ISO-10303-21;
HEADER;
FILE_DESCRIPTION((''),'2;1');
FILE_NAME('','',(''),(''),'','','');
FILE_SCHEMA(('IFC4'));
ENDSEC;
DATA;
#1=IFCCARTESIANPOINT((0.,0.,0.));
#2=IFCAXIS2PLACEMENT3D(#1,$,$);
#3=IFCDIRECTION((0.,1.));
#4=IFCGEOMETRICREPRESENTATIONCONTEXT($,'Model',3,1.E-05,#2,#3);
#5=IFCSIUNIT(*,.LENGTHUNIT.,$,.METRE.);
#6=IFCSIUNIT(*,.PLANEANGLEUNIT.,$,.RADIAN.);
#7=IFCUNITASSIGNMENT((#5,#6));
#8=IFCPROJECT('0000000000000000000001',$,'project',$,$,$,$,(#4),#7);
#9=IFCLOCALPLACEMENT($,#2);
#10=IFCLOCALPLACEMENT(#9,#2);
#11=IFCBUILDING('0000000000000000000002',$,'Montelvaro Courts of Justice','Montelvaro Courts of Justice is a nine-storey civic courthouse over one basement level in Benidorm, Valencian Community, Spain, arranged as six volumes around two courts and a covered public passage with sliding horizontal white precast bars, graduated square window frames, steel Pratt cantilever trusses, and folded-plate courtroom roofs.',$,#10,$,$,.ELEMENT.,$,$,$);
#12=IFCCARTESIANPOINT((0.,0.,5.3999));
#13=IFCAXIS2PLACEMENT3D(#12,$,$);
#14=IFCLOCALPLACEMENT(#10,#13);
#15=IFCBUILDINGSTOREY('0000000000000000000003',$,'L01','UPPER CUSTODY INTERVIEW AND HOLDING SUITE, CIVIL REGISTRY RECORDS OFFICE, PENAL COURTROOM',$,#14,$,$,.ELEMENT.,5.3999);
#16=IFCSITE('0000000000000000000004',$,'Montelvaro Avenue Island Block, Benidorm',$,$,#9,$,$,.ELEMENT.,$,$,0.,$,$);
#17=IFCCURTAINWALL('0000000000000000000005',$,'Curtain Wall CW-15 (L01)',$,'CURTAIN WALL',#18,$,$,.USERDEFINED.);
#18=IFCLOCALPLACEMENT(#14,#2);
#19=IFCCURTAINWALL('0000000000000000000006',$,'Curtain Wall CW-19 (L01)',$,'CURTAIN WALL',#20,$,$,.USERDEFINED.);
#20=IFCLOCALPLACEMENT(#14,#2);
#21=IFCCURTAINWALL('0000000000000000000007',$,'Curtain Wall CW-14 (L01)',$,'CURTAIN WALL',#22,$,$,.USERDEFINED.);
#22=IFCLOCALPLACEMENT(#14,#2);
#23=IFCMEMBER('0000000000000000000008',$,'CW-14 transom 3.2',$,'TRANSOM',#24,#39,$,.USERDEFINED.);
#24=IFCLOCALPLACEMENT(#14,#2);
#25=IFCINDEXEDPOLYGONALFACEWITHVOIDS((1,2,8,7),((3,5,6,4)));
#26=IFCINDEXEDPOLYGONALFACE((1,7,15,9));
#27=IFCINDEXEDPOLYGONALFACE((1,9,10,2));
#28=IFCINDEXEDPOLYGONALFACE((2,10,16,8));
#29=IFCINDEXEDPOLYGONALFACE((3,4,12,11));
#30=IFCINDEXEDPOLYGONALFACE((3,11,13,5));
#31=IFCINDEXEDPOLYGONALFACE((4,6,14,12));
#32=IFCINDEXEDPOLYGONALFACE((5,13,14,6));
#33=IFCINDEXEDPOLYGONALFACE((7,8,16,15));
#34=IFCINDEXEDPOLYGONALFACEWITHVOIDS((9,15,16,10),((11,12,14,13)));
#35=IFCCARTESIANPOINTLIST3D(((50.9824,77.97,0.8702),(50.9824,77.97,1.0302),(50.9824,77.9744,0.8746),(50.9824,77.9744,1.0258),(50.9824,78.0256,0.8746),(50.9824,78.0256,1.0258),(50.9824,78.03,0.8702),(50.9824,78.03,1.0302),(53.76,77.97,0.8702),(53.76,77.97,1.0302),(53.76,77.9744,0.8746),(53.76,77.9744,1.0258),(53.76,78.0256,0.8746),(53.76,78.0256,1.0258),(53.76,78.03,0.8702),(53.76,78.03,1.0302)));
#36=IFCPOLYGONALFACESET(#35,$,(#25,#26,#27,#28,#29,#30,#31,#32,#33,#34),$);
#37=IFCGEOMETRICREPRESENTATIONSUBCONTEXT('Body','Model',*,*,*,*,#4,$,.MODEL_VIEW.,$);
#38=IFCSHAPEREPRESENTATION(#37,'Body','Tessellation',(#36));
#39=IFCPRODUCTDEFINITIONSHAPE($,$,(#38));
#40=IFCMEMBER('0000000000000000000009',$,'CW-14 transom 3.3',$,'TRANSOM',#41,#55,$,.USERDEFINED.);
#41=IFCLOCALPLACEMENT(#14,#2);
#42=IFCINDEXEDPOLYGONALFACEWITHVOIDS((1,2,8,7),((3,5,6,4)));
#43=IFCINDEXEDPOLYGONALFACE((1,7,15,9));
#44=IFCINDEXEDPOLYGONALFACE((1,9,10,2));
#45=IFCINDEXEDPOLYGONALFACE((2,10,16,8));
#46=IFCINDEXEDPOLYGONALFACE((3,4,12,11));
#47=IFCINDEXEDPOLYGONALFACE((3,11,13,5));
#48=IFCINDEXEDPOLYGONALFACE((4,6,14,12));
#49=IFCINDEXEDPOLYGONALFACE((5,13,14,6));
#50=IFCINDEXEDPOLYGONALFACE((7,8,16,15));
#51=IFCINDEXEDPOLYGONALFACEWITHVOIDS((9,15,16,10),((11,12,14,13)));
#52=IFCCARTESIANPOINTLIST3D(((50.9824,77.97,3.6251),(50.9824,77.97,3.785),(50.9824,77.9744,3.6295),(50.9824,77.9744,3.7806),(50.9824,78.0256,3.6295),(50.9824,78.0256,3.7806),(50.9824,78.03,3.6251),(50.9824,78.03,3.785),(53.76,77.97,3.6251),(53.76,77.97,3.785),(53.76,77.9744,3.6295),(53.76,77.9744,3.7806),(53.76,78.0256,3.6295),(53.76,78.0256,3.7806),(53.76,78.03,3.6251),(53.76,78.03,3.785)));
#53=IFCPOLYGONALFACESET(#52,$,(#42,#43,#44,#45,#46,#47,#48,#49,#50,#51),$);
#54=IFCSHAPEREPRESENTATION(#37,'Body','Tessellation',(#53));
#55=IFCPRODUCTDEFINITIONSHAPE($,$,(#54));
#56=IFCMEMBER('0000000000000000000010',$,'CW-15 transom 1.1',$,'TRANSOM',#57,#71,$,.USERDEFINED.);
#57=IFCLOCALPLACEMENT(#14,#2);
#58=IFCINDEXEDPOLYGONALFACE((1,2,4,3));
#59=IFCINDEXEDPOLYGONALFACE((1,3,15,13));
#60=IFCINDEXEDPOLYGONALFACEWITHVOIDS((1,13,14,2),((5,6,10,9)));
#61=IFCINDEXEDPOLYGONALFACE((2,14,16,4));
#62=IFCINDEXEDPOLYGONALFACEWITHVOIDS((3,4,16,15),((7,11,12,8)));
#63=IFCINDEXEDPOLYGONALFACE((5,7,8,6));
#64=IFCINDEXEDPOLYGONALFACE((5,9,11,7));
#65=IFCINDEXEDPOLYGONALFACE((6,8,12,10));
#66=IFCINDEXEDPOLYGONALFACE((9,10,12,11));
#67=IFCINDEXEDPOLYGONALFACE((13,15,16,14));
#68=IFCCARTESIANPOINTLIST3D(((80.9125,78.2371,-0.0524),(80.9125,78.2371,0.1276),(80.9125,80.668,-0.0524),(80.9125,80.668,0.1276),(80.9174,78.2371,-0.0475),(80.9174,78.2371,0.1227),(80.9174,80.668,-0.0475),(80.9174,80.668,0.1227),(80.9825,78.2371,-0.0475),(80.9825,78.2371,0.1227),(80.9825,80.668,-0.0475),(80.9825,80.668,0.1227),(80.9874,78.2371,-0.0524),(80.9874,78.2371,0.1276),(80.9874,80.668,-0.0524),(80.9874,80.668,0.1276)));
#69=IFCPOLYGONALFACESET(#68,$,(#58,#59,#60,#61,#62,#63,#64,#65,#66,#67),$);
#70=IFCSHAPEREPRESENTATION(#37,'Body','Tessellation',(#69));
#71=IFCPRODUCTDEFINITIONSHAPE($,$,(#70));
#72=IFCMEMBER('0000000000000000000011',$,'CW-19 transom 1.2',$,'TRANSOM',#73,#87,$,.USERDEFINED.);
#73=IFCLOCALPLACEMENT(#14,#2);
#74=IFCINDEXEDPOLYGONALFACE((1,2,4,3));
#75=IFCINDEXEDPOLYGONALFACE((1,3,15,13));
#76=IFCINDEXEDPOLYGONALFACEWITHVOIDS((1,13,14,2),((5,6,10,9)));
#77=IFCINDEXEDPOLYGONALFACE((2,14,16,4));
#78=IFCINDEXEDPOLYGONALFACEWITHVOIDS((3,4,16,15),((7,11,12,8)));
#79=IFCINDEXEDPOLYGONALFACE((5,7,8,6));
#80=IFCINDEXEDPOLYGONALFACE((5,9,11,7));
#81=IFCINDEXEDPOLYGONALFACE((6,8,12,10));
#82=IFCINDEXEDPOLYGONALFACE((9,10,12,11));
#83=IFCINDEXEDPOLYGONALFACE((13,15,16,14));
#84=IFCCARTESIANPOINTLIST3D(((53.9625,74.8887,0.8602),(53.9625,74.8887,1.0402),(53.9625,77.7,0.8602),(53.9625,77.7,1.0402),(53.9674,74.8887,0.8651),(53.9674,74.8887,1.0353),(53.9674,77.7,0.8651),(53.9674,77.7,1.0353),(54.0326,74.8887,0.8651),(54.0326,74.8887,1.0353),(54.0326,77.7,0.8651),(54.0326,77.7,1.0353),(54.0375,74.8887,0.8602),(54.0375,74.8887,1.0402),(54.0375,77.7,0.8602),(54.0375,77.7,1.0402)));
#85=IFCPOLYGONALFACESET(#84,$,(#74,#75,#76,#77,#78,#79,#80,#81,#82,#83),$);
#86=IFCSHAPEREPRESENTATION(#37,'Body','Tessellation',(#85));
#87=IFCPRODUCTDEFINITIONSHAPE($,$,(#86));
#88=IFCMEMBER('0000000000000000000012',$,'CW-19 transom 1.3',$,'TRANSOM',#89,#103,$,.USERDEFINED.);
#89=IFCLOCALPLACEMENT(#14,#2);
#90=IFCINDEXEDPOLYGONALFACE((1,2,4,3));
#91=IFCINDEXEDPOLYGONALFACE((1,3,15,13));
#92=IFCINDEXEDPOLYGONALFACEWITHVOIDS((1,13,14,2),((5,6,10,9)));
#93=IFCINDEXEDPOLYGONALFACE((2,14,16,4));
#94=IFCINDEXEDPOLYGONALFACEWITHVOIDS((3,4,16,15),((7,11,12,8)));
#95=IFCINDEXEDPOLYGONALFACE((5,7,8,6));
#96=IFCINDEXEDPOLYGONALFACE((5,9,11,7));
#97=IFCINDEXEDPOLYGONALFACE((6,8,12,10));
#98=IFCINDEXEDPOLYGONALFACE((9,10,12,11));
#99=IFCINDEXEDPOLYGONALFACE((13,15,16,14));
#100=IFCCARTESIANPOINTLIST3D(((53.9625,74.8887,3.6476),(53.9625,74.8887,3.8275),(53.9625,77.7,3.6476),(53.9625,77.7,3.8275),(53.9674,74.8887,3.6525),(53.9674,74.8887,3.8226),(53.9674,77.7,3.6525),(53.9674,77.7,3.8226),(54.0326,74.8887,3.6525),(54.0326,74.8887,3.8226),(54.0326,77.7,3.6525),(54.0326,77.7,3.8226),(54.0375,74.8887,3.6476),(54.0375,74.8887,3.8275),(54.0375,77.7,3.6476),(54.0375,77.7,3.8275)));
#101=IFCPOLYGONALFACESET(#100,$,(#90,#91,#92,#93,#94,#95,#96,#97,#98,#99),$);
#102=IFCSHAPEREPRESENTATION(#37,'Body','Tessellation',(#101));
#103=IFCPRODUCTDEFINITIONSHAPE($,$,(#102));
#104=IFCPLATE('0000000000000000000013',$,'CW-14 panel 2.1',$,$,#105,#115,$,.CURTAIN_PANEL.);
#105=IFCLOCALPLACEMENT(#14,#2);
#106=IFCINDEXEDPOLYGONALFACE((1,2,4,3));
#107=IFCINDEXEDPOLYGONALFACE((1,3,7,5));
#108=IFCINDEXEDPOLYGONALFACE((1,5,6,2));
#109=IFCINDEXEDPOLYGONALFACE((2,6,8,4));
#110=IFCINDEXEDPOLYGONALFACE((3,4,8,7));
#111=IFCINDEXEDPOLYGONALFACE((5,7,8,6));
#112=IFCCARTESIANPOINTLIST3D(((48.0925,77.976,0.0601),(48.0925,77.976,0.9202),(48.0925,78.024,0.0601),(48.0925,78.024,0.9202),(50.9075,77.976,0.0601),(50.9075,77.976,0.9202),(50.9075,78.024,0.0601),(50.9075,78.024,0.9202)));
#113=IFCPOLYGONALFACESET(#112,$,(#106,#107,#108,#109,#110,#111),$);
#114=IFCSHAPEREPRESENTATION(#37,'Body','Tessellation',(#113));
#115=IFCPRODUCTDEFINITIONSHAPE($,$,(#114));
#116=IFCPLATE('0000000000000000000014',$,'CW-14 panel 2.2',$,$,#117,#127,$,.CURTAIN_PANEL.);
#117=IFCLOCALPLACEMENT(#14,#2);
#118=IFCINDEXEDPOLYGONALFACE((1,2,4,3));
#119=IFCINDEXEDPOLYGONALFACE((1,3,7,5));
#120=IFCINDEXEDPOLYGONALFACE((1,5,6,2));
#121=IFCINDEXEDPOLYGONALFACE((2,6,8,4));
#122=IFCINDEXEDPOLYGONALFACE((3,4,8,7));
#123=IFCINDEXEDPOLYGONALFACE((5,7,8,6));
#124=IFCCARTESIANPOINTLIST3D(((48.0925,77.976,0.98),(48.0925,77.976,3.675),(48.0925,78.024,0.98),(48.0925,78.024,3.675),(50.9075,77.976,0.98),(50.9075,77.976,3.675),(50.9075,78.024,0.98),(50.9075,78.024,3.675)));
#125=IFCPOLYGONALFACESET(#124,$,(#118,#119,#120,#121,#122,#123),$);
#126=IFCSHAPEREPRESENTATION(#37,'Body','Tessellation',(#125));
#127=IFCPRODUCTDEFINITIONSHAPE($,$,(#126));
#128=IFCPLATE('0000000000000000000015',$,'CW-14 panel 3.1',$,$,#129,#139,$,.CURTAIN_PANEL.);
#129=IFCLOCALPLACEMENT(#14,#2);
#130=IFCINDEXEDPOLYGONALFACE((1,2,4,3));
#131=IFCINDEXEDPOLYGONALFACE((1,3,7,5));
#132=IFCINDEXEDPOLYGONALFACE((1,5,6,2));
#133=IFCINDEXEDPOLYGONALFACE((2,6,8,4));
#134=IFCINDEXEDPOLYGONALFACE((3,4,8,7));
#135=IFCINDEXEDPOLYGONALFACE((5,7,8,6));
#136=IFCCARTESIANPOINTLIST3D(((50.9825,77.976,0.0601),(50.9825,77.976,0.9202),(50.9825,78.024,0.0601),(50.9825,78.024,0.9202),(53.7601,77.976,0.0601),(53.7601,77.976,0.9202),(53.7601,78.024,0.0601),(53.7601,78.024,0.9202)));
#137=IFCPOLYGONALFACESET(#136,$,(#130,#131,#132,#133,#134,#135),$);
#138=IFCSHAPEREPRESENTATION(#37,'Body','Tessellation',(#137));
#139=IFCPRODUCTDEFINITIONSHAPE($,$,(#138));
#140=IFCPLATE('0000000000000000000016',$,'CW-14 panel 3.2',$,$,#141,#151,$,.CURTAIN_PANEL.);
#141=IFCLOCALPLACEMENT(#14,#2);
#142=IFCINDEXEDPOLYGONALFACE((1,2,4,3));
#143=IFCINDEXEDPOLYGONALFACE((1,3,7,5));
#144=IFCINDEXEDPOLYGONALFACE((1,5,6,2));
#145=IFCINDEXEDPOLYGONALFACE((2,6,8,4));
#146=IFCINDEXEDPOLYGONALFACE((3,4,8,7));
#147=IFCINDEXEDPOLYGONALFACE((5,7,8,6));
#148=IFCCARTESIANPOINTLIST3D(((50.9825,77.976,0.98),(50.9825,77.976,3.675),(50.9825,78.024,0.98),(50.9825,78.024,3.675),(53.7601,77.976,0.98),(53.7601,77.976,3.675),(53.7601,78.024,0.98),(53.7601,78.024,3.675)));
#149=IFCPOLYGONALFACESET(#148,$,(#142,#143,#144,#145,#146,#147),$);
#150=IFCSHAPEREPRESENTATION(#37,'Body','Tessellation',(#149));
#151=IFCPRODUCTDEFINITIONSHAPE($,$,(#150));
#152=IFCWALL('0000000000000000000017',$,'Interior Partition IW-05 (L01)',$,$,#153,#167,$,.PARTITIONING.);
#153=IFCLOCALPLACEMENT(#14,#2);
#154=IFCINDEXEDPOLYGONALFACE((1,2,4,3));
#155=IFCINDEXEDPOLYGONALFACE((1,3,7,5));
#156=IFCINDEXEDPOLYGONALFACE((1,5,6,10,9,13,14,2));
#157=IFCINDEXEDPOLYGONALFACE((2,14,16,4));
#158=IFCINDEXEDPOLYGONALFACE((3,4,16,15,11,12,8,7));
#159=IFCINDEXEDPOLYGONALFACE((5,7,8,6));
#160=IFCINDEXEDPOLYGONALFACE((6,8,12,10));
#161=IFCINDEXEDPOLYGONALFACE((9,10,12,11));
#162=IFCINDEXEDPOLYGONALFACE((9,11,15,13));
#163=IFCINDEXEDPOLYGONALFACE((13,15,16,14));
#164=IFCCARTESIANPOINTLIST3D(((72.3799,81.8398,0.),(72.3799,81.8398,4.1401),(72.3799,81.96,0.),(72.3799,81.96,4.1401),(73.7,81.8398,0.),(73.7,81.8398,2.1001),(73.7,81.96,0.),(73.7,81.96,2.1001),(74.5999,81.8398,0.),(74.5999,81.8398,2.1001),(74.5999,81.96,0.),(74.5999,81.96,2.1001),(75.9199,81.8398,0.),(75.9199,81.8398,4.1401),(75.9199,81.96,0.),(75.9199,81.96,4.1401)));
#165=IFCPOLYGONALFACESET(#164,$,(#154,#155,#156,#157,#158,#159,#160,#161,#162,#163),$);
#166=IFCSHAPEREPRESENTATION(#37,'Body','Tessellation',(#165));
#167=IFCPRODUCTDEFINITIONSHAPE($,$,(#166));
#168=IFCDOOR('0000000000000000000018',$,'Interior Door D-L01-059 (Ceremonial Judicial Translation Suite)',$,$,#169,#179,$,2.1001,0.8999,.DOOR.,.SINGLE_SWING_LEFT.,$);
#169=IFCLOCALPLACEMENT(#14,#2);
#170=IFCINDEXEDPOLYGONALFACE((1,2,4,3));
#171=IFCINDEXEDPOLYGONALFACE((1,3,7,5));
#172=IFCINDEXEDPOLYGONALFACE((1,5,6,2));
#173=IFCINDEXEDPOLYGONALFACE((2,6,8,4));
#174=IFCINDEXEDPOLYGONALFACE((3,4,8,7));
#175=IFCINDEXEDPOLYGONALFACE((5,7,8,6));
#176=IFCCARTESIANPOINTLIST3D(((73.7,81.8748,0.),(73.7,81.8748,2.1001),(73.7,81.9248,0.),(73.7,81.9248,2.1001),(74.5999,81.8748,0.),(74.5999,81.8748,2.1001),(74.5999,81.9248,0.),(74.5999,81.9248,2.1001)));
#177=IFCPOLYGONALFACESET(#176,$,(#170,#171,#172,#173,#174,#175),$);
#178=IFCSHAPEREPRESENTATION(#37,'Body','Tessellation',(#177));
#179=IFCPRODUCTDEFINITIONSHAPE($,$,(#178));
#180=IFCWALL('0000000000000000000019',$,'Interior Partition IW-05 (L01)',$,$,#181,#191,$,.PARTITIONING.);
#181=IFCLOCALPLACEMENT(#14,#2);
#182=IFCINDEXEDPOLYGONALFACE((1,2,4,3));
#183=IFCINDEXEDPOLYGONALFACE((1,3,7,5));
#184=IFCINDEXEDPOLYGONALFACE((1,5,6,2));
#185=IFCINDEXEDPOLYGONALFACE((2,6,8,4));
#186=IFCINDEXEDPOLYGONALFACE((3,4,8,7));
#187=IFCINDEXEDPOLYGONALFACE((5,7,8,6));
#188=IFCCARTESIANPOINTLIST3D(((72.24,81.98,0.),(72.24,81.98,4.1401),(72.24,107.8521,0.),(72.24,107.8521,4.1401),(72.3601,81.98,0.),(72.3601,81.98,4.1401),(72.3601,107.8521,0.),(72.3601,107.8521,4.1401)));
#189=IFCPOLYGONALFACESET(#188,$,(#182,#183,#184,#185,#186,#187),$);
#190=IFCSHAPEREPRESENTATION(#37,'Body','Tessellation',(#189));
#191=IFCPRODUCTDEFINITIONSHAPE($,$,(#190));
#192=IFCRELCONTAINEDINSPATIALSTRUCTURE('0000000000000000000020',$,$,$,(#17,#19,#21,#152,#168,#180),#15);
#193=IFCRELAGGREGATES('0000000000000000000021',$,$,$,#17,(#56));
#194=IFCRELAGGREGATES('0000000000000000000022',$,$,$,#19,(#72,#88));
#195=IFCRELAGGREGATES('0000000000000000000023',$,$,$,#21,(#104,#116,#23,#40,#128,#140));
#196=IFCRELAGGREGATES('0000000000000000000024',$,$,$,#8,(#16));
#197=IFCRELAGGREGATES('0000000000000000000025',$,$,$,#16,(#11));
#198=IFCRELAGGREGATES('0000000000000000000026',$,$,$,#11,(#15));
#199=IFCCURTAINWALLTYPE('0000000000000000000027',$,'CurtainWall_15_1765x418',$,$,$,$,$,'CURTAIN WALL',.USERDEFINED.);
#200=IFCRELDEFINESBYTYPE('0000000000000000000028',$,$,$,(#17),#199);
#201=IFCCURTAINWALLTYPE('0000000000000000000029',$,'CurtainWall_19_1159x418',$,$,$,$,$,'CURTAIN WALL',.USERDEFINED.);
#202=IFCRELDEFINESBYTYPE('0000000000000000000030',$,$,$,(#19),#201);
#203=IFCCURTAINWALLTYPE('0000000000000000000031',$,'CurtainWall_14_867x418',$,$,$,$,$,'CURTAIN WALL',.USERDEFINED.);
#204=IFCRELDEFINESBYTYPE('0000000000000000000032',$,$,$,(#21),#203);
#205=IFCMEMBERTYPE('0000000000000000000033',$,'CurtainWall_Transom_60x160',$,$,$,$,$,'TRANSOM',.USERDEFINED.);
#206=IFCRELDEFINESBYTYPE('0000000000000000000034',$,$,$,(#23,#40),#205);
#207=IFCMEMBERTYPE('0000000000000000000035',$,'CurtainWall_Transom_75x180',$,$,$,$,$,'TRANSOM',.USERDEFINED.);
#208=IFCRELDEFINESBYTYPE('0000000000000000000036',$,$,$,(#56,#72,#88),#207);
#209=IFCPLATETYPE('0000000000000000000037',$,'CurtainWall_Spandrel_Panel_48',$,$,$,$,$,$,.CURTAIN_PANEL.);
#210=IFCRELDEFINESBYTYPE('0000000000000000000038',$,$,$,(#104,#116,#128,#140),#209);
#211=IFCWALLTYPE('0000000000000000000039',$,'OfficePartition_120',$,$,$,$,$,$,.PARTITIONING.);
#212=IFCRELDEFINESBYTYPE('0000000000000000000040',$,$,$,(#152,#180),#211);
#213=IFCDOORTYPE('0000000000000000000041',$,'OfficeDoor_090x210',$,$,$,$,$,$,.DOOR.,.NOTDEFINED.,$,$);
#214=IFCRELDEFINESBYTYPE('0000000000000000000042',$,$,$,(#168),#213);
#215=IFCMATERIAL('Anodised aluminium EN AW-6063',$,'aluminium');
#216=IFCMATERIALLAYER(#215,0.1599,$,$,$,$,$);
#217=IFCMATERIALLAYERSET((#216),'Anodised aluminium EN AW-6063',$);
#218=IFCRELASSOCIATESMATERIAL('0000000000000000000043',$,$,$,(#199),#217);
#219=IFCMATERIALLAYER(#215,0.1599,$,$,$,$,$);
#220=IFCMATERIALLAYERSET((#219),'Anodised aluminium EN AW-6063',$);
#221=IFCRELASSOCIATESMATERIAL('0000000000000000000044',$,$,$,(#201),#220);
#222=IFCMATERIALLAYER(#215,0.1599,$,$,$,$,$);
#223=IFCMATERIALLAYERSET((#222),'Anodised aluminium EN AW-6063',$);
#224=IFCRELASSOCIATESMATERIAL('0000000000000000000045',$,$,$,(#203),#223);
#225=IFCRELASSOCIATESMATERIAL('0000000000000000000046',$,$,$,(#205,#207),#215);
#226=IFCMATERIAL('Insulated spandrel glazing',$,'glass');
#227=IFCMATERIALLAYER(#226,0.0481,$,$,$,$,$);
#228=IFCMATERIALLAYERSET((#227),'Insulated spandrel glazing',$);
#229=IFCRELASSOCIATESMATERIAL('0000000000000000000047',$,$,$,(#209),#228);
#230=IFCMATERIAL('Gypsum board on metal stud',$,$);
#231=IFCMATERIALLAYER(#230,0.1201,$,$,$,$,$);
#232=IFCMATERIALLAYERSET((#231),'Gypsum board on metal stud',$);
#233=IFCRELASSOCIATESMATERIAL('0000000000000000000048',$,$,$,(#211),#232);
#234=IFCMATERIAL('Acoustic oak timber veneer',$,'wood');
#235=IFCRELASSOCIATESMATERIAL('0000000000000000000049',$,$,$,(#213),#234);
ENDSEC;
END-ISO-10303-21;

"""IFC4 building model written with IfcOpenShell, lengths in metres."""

from ifc_helpers import new_model, si_unit, direction, frame, frame_2d, origin, origin_2d, place, context, subcontext, project, spatial, rectangle, hollow_rectangle, extrude, material, layer, layer_set, material_profile, profile_set, type_object, element, fill, aggregate, save


model = new_model("IFC4")

# Units and contexts
model_context = context("Model", 3, precision=1e-05, world=origin(), true_north=direction((0.0, 1.0)))
body_context = subcontext(model_context, "Body", "Model", "MODEL_VIEW")
ifc_project = project(units=[si_unit("LENGTHUNIT", "METRE"), si_unit("PLANEANGLEUNIT", "RADIAN")], contexts=[model_context])

# Site, building, storey
site_placement = place(None, origin())
site = spatial("IfcSite", under=ifc_project, at=site_placement, Name="Montelvaro Avenue Island Block, Benidorm", CompositionType="ELEMENT", RefElevation=0.0)
building_placement = place(site_placement, origin())
building = spatial("IfcBuilding", under=site, at=building_placement, Name="Montelvaro Courts of Justice", Description="Montelvaro Courts of Justice is a nine-storey civic courthouse over one basement level in Benidorm, Valencian Community, Spain, arranged as six volumes around two courts and a covered public passage with sliding horizontal white precast bars, graduated square window frames, steel Pratt cantilever trusses, and folded-plate courtroom roofs.", CompositionType="ELEMENT")
storey_placement = place(building_placement, frame((0.0, 0.0, 5.3999)))
storey = spatial("IfcBuildingStorey", under=building, at=storey_placement, Name="L01", Description="UPPER CUSTODY INTERVIEW AND HOLDING SUITE, CIVIL REGISTRY RECORDS OFFICE, PENAL COURTROOM", CompositionType="ELEMENT", Elevation=5.3999)

# Curtain walls
ifc_material_1 = material(Name="Anodised aluminium EN AW-6063", Category="aluminium")
ifc_layer_1 = layer(ifc_material_1, 0.1599)
ifc_layer_set_1 = layer_set([ifc_layer_1], Name="Anodised aluminium EN AW-6063")
curtain_wall_type_1 = type_object("IfcCurtainWallType", Name="CurtainWall_15_1765x418", ElementType="CURTAIN WALL", PredefinedType="USERDEFINED", material=ifc_layer_set_1)
curtain_wall_1_placement = place(storey_placement, origin())
curtain_wall_1 = element("IfcCurtainWall", 1, at=curtain_wall_1_placement, inside=storey, type_object=curtain_wall_type_1, Name="Curtain Wall CW-15 (L01)", ObjectType="CURTAIN WALL", PredefinedType="USERDEFINED")
ifc_layer_2 = layer(ifc_material_1, 0.1599)
ifc_layer_set_2 = layer_set([ifc_layer_2], Name="Anodised aluminium EN AW-6063")
curtain_wall_type_2 = type_object("IfcCurtainWallType", Name="CurtainWall_19_1159x418", ElementType="CURTAIN WALL", PredefinedType="USERDEFINED", material=ifc_layer_set_2)
curtain_wall_2_placement = place(storey_placement, origin())
curtain_wall_2 = element("IfcCurtainWall", 2, at=curtain_wall_2_placement, inside=storey, type_object=curtain_wall_type_2, Name="Curtain Wall CW-19 (L01)", ObjectType="CURTAIN WALL", PredefinedType="USERDEFINED")

# Curtain wall, members
ifc_layer_3 = layer(ifc_material_1, 0.1599)
ifc_layer_set_3 = layer_set([ifc_layer_3], Name="Anodised aluminium EN AW-6063")
curtain_wall_type_3 = type_object("IfcCurtainWallType", Name="CurtainWall_14_867x418", ElementType="CURTAIN WALL", PredefinedType="USERDEFINED", material=ifc_layer_set_3)
curtain_wall_3_placement = place(storey_placement, origin())
curtain_wall_3 = element("IfcCurtainWall", 3, at=curtain_wall_3_placement, inside=storey, type_object=curtain_wall_type_3, Name="Curtain Wall CW-14 (L01)", ObjectType="CURTAIN WALL", PredefinedType="USERDEFINED")
ifc_material_profile_1 = material_profile(ifc_material_1, hollow_rectangle(XDim=0.0601, YDim=0.1599, WallThickness=0.0044, at=origin_2d()), Name="ALU-T 60x160")
ifc_profile_set_1 = profile_set([ifc_material_profile_1], Name="Anodised aluminium EN AW-6063")
member_type_1 = type_object("IfcMemberType", Name="CurtainWall_Transom_60x160", ElementType="TRANSOM", PredefinedType="USERDEFINED", material=ifc_profile_set_1)
member_1_placement = place(storey_placement, frame((50.9824, 78.0, 0.9502), z_axis=(1.0, 0.0, 0.0), x_axis=(0.0, 1.0, 0.0)))
member_1 = element("IfcMember", 4, at=member_1_placement, type_object=member_type_1, Name="CW-14 transom 3.2", ObjectType="TRANSOM", PredefinedType="USERDEFINED", context=body_context, shape_type="SweptSolid", body=[
    extrude(hollow_rectangle(XDim=0.0601, YDim=0.1599, WallThickness=0.0044, at=origin_2d()), origin(), (0.0, 0.0, 1.0), 2.7776),
])
member_2_placement = place(storey_placement, frame((50.9824, 78.0, 3.7051), z_axis=(1.0, 0.0, 0.0), x_axis=(0.0, 1.0, 0.0)))
member_2 = element("IfcMember", 5, at=member_2_placement, type_object=member_type_1, Name="CW-14 transom 3.3", ObjectType="TRANSOM", PredefinedType="USERDEFINED", context=body_context, shape_type="SweptSolid", body=[
    extrude(hollow_rectangle(XDim=0.0601, YDim=0.1599, WallThickness=0.0044, at=origin_2d()), origin(), (0.0, 0.0, 1.0), 2.7776),
])

# Members
ifc_material_profile_2 = material_profile(ifc_material_1, hollow_rectangle(XDim=0.075, YDim=0.1799, WallThickness=0.0049, at=origin_2d()), Name="ALU-T 75x180")
ifc_profile_set_2 = profile_set([ifc_material_profile_2], Name="Anodised aluminium EN AW-6063")
member_type_2 = type_object("IfcMemberType", Name="CurtainWall_Transom_75x180", ElementType="TRANSOM", PredefinedType="USERDEFINED", material=ifc_profile_set_2)
member_3_placement = place(storey_placement, frame((80.95, 78.2371, 0.0376), z_axis=(0.0, 1.0, 0.0), x_axis=(-1.0, 0.0, 0.0)))
member_3 = element("IfcMember", 6, at=member_3_placement, type_object=member_type_2, Name="CW-15 transom 1.1", ObjectType="TRANSOM", PredefinedType="USERDEFINED", context=body_context, shape_type="SweptSolid", body=[
    extrude(hollow_rectangle(XDim=0.075, YDim=0.1799, WallThickness=0.0049, at=origin_2d()), origin(), (0.0, 0.0, 1.0), 2.4309),
])
aggregate(curtain_wall_1, [member_3])
member_4_placement = place(storey_placement, frame((54.0, 77.7, 0.9502), z_axis=(0.0, -1.0, 0.0), x_axis=(1.0, 0.0, 0.0)))
member_4 = element("IfcMember", 7, at=member_4_placement, type_object=member_type_2, Name="CW-19 transom 1.2", ObjectType="TRANSOM", PredefinedType="USERDEFINED", context=body_context, shape_type="SweptSolid", body=[
    extrude(hollow_rectangle(XDim=0.075, YDim=0.1799, WallThickness=0.0049, at=origin_2d()), origin(), (0.0, 0.0, 1.0), 2.8113),
])
member_5_placement = place(storey_placement, frame((54.0, 77.7, 3.7375), z_axis=(0.0, -1.0, 0.0), x_axis=(1.0, 0.0, 0.0)))
member_5 = element("IfcMember", 8, at=member_5_placement, type_object=member_type_2, Name="CW-19 transom 1.3", ObjectType="TRANSOM", PredefinedType="USERDEFINED", context=body_context, shape_type="SweptSolid", body=[
    extrude(hollow_rectangle(XDim=0.075, YDim=0.1799, WallThickness=0.0049, at=origin_2d()), origin(), (0.0, 0.0, 1.0), 2.8113),
])
aggregate(curtain_wall_2, [member_4, member_5])

# Plates
ifc_material_2 = material(Name="Insulated spandrel glazing", Category="glass")
ifc_layer_4 = layer(ifc_material_2, 0.0481)
ifc_layer_set_4 = layer_set([ifc_layer_4], Name="Insulated spandrel glazing")
plate_type = type_object("IfcPlateType", Name="CurtainWall_Spandrel_Panel_48", PredefinedType="CURTAIN_PANEL", material=ifc_layer_set_4)
plate_1_placement = place(storey_placement, frame((49.5, 78.0, 0.0601), z_axis=(0.0, 0.0, 1.0), x_axis=(1.0, 0.0, 0.0)))
plate_1 = element("IfcPlate", 9, at=plate_1_placement, type_object=plate_type, Name="CW-14 panel 2.1", PredefinedType="CURTAIN_PANEL", context=body_context, shape_type="SweptSolid", body=[
    extrude(rectangle(XDim=2.8149, YDim=0.0481, at=origin_2d()), origin(), (0.0, 0.0, 1.0), 0.8601),
])
plate_2_placement = place(storey_placement, frame((49.5, 78.0, 0.98), z_axis=(0.0, 0.0, 1.0), x_axis=(1.0, 0.0, 0.0)))
plate_2 = element("IfcPlate", 10, at=plate_2_placement, type_object=plate_type, Name="CW-14 panel 2.2", PredefinedType="CURTAIN_PANEL", context=body_context, shape_type="SweptSolid", body=[
    extrude(rectangle(XDim=2.8149, YDim=0.0481, at=origin_2d()), origin(), (0.0, 0.0, 1.0), 2.6951),
])
plate_3_placement = place(storey_placement, frame((52.3713, 78.0, 0.0601), z_axis=(0.0, 0.0, 1.0), x_axis=(1.0, 0.0, 0.0)))
plate_3 = element("IfcPlate", 11, at=plate_3_placement, type_object=plate_type, Name="CW-14 panel 3.1", PredefinedType="CURTAIN_PANEL", context=body_context, shape_type="SweptSolid", body=[
    extrude(rectangle(XDim=2.7776, YDim=0.0481, at=origin_2d()), origin(), (0.0, 0.0, 1.0), 0.8601),
])
plate_4_placement = place(storey_placement, frame((52.3713, 78.0, 0.98), z_axis=(0.0, 0.0, 1.0), x_axis=(1.0, 0.0, 0.0)))
plate_4 = element("IfcPlate", 12, at=plate_4_placement, type_object=plate_type, Name="CW-14 panel 3.2", PredefinedType="CURTAIN_PANEL", context=body_context, shape_type="SweptSolid", body=[
    extrude(rectangle(XDim=2.7776, YDim=0.0481, at=origin_2d()), origin(), (0.0, 0.0, 1.0), 2.6951),
])
aggregate(curtain_wall_3, [plate_1, plate_2, member_1, member_2, plate_3, plate_4])

# Wall, opening, door
ifc_material_3 = material(Name="Gypsum board on metal stud")
ifc_layer_5 = layer(ifc_material_3, 0.1201)
ifc_layer_set_5 = layer_set([ifc_layer_5], Name="Gypsum board on metal stud")
wall_type = type_object("IfcWallType", Name="OfficePartition_120", PredefinedType="PARTITIONING", material=ifc_layer_set_5)
wall_1_placement = place(storey_placement, frame((75.9199, 81.8999, 0.0), z_axis=(0.0, 0.0, 1.0), x_axis=(-1.0, 0.0, 0.0)))
wall_1 = element("IfcWall", 13, at=wall_1_placement, inside=storey, type_object=wall_type, Name="Interior Partition IW-05 (L01)", PredefinedType="PARTITIONING", context=body_context, shape_type="SweptSolid", body=[
    extrude(rectangle(XDim=3.54, YDim=0.1201, at=frame_2d((1.77, 0.0))), origin(), (0.0, 0.0, 1.0), 4.1401),
])
opening_placement = place(wall_1_placement, frame((1.3201, 0.0, 0.0)))
opening = element("IfcOpeningElement", 14, at=opening_placement, cuts=wall_1, PredefinedType="OPENING", context=body_context, shape_type="SweptSolid", body=[
    extrude(rectangle(XDim=0.8999, YDim=2.1001, at=frame_2d((0.45, 1.05))), frame((0.0, 0.075, 0.0), z_axis=(0.0, -1.0, 0.0), x_axis=(1.0, 0.0, 0.0)), (0.0, 0.0, 1.0), 0.1499),
])
ifc_material_4 = material(Name="Acoustic oak timber veneer", Category="wood")
door_type = type_object("IfcDoorType", Name="OfficeDoor_090x210", OperationType="NOTDEFINED", PredefinedType="DOOR", material=ifc_material_4)
door_placement = place(opening_placement, frame((0.8999, 0.0, 0.0), z_axis=(0.0, 0.0, 1.0), x_axis=(-1.0, 0.0, 0.0)))
door = element("IfcDoor", 15, at=door_placement, inside=storey, type_object=door_type, Name="Interior Door D-L01-059 (Ceremonial Judicial Translation Suite)", OperationType="SINGLE_SWING_LEFT", OverallHeight=2.1001, OverallWidth=0.8999, PredefinedType="DOOR", context=body_context, shape_type="SweptSolid", body=[
    extrude(rectangle(XDim=0.8999, YDim=2.1001, at=frame_2d((0.45, 1.05))), frame((0.0, 0.0249, 0.0), z_axis=(0.0, -1.0, 0.0), x_axis=(1.0, 0.0, 0.0)), (0.0, 0.0, 1.0), 0.05),
])
fill(opening, door)

# Wall
wall_2_placement = place(storey_placement, frame((72.3, 81.98, 0.0), z_axis=(0.0, 0.0, 1.0), x_axis=(0.0, 1.0, 0.0)))
element("IfcWall", 16, at=wall_2_placement, inside=storey, type_object=wall_type, Name="Interior Partition IW-05 (L01)", PredefinedType="PARTITIONING", context=body_context, shape_type="SweptSolid", body=[
    extrude(rectangle(XDim=25.8721, YDim=0.1201, at=frame_2d((12.936, 0.0))), origin(), (0.0, 0.0, 1.0), 4.1401),
])

save(model, "model.ifc")
